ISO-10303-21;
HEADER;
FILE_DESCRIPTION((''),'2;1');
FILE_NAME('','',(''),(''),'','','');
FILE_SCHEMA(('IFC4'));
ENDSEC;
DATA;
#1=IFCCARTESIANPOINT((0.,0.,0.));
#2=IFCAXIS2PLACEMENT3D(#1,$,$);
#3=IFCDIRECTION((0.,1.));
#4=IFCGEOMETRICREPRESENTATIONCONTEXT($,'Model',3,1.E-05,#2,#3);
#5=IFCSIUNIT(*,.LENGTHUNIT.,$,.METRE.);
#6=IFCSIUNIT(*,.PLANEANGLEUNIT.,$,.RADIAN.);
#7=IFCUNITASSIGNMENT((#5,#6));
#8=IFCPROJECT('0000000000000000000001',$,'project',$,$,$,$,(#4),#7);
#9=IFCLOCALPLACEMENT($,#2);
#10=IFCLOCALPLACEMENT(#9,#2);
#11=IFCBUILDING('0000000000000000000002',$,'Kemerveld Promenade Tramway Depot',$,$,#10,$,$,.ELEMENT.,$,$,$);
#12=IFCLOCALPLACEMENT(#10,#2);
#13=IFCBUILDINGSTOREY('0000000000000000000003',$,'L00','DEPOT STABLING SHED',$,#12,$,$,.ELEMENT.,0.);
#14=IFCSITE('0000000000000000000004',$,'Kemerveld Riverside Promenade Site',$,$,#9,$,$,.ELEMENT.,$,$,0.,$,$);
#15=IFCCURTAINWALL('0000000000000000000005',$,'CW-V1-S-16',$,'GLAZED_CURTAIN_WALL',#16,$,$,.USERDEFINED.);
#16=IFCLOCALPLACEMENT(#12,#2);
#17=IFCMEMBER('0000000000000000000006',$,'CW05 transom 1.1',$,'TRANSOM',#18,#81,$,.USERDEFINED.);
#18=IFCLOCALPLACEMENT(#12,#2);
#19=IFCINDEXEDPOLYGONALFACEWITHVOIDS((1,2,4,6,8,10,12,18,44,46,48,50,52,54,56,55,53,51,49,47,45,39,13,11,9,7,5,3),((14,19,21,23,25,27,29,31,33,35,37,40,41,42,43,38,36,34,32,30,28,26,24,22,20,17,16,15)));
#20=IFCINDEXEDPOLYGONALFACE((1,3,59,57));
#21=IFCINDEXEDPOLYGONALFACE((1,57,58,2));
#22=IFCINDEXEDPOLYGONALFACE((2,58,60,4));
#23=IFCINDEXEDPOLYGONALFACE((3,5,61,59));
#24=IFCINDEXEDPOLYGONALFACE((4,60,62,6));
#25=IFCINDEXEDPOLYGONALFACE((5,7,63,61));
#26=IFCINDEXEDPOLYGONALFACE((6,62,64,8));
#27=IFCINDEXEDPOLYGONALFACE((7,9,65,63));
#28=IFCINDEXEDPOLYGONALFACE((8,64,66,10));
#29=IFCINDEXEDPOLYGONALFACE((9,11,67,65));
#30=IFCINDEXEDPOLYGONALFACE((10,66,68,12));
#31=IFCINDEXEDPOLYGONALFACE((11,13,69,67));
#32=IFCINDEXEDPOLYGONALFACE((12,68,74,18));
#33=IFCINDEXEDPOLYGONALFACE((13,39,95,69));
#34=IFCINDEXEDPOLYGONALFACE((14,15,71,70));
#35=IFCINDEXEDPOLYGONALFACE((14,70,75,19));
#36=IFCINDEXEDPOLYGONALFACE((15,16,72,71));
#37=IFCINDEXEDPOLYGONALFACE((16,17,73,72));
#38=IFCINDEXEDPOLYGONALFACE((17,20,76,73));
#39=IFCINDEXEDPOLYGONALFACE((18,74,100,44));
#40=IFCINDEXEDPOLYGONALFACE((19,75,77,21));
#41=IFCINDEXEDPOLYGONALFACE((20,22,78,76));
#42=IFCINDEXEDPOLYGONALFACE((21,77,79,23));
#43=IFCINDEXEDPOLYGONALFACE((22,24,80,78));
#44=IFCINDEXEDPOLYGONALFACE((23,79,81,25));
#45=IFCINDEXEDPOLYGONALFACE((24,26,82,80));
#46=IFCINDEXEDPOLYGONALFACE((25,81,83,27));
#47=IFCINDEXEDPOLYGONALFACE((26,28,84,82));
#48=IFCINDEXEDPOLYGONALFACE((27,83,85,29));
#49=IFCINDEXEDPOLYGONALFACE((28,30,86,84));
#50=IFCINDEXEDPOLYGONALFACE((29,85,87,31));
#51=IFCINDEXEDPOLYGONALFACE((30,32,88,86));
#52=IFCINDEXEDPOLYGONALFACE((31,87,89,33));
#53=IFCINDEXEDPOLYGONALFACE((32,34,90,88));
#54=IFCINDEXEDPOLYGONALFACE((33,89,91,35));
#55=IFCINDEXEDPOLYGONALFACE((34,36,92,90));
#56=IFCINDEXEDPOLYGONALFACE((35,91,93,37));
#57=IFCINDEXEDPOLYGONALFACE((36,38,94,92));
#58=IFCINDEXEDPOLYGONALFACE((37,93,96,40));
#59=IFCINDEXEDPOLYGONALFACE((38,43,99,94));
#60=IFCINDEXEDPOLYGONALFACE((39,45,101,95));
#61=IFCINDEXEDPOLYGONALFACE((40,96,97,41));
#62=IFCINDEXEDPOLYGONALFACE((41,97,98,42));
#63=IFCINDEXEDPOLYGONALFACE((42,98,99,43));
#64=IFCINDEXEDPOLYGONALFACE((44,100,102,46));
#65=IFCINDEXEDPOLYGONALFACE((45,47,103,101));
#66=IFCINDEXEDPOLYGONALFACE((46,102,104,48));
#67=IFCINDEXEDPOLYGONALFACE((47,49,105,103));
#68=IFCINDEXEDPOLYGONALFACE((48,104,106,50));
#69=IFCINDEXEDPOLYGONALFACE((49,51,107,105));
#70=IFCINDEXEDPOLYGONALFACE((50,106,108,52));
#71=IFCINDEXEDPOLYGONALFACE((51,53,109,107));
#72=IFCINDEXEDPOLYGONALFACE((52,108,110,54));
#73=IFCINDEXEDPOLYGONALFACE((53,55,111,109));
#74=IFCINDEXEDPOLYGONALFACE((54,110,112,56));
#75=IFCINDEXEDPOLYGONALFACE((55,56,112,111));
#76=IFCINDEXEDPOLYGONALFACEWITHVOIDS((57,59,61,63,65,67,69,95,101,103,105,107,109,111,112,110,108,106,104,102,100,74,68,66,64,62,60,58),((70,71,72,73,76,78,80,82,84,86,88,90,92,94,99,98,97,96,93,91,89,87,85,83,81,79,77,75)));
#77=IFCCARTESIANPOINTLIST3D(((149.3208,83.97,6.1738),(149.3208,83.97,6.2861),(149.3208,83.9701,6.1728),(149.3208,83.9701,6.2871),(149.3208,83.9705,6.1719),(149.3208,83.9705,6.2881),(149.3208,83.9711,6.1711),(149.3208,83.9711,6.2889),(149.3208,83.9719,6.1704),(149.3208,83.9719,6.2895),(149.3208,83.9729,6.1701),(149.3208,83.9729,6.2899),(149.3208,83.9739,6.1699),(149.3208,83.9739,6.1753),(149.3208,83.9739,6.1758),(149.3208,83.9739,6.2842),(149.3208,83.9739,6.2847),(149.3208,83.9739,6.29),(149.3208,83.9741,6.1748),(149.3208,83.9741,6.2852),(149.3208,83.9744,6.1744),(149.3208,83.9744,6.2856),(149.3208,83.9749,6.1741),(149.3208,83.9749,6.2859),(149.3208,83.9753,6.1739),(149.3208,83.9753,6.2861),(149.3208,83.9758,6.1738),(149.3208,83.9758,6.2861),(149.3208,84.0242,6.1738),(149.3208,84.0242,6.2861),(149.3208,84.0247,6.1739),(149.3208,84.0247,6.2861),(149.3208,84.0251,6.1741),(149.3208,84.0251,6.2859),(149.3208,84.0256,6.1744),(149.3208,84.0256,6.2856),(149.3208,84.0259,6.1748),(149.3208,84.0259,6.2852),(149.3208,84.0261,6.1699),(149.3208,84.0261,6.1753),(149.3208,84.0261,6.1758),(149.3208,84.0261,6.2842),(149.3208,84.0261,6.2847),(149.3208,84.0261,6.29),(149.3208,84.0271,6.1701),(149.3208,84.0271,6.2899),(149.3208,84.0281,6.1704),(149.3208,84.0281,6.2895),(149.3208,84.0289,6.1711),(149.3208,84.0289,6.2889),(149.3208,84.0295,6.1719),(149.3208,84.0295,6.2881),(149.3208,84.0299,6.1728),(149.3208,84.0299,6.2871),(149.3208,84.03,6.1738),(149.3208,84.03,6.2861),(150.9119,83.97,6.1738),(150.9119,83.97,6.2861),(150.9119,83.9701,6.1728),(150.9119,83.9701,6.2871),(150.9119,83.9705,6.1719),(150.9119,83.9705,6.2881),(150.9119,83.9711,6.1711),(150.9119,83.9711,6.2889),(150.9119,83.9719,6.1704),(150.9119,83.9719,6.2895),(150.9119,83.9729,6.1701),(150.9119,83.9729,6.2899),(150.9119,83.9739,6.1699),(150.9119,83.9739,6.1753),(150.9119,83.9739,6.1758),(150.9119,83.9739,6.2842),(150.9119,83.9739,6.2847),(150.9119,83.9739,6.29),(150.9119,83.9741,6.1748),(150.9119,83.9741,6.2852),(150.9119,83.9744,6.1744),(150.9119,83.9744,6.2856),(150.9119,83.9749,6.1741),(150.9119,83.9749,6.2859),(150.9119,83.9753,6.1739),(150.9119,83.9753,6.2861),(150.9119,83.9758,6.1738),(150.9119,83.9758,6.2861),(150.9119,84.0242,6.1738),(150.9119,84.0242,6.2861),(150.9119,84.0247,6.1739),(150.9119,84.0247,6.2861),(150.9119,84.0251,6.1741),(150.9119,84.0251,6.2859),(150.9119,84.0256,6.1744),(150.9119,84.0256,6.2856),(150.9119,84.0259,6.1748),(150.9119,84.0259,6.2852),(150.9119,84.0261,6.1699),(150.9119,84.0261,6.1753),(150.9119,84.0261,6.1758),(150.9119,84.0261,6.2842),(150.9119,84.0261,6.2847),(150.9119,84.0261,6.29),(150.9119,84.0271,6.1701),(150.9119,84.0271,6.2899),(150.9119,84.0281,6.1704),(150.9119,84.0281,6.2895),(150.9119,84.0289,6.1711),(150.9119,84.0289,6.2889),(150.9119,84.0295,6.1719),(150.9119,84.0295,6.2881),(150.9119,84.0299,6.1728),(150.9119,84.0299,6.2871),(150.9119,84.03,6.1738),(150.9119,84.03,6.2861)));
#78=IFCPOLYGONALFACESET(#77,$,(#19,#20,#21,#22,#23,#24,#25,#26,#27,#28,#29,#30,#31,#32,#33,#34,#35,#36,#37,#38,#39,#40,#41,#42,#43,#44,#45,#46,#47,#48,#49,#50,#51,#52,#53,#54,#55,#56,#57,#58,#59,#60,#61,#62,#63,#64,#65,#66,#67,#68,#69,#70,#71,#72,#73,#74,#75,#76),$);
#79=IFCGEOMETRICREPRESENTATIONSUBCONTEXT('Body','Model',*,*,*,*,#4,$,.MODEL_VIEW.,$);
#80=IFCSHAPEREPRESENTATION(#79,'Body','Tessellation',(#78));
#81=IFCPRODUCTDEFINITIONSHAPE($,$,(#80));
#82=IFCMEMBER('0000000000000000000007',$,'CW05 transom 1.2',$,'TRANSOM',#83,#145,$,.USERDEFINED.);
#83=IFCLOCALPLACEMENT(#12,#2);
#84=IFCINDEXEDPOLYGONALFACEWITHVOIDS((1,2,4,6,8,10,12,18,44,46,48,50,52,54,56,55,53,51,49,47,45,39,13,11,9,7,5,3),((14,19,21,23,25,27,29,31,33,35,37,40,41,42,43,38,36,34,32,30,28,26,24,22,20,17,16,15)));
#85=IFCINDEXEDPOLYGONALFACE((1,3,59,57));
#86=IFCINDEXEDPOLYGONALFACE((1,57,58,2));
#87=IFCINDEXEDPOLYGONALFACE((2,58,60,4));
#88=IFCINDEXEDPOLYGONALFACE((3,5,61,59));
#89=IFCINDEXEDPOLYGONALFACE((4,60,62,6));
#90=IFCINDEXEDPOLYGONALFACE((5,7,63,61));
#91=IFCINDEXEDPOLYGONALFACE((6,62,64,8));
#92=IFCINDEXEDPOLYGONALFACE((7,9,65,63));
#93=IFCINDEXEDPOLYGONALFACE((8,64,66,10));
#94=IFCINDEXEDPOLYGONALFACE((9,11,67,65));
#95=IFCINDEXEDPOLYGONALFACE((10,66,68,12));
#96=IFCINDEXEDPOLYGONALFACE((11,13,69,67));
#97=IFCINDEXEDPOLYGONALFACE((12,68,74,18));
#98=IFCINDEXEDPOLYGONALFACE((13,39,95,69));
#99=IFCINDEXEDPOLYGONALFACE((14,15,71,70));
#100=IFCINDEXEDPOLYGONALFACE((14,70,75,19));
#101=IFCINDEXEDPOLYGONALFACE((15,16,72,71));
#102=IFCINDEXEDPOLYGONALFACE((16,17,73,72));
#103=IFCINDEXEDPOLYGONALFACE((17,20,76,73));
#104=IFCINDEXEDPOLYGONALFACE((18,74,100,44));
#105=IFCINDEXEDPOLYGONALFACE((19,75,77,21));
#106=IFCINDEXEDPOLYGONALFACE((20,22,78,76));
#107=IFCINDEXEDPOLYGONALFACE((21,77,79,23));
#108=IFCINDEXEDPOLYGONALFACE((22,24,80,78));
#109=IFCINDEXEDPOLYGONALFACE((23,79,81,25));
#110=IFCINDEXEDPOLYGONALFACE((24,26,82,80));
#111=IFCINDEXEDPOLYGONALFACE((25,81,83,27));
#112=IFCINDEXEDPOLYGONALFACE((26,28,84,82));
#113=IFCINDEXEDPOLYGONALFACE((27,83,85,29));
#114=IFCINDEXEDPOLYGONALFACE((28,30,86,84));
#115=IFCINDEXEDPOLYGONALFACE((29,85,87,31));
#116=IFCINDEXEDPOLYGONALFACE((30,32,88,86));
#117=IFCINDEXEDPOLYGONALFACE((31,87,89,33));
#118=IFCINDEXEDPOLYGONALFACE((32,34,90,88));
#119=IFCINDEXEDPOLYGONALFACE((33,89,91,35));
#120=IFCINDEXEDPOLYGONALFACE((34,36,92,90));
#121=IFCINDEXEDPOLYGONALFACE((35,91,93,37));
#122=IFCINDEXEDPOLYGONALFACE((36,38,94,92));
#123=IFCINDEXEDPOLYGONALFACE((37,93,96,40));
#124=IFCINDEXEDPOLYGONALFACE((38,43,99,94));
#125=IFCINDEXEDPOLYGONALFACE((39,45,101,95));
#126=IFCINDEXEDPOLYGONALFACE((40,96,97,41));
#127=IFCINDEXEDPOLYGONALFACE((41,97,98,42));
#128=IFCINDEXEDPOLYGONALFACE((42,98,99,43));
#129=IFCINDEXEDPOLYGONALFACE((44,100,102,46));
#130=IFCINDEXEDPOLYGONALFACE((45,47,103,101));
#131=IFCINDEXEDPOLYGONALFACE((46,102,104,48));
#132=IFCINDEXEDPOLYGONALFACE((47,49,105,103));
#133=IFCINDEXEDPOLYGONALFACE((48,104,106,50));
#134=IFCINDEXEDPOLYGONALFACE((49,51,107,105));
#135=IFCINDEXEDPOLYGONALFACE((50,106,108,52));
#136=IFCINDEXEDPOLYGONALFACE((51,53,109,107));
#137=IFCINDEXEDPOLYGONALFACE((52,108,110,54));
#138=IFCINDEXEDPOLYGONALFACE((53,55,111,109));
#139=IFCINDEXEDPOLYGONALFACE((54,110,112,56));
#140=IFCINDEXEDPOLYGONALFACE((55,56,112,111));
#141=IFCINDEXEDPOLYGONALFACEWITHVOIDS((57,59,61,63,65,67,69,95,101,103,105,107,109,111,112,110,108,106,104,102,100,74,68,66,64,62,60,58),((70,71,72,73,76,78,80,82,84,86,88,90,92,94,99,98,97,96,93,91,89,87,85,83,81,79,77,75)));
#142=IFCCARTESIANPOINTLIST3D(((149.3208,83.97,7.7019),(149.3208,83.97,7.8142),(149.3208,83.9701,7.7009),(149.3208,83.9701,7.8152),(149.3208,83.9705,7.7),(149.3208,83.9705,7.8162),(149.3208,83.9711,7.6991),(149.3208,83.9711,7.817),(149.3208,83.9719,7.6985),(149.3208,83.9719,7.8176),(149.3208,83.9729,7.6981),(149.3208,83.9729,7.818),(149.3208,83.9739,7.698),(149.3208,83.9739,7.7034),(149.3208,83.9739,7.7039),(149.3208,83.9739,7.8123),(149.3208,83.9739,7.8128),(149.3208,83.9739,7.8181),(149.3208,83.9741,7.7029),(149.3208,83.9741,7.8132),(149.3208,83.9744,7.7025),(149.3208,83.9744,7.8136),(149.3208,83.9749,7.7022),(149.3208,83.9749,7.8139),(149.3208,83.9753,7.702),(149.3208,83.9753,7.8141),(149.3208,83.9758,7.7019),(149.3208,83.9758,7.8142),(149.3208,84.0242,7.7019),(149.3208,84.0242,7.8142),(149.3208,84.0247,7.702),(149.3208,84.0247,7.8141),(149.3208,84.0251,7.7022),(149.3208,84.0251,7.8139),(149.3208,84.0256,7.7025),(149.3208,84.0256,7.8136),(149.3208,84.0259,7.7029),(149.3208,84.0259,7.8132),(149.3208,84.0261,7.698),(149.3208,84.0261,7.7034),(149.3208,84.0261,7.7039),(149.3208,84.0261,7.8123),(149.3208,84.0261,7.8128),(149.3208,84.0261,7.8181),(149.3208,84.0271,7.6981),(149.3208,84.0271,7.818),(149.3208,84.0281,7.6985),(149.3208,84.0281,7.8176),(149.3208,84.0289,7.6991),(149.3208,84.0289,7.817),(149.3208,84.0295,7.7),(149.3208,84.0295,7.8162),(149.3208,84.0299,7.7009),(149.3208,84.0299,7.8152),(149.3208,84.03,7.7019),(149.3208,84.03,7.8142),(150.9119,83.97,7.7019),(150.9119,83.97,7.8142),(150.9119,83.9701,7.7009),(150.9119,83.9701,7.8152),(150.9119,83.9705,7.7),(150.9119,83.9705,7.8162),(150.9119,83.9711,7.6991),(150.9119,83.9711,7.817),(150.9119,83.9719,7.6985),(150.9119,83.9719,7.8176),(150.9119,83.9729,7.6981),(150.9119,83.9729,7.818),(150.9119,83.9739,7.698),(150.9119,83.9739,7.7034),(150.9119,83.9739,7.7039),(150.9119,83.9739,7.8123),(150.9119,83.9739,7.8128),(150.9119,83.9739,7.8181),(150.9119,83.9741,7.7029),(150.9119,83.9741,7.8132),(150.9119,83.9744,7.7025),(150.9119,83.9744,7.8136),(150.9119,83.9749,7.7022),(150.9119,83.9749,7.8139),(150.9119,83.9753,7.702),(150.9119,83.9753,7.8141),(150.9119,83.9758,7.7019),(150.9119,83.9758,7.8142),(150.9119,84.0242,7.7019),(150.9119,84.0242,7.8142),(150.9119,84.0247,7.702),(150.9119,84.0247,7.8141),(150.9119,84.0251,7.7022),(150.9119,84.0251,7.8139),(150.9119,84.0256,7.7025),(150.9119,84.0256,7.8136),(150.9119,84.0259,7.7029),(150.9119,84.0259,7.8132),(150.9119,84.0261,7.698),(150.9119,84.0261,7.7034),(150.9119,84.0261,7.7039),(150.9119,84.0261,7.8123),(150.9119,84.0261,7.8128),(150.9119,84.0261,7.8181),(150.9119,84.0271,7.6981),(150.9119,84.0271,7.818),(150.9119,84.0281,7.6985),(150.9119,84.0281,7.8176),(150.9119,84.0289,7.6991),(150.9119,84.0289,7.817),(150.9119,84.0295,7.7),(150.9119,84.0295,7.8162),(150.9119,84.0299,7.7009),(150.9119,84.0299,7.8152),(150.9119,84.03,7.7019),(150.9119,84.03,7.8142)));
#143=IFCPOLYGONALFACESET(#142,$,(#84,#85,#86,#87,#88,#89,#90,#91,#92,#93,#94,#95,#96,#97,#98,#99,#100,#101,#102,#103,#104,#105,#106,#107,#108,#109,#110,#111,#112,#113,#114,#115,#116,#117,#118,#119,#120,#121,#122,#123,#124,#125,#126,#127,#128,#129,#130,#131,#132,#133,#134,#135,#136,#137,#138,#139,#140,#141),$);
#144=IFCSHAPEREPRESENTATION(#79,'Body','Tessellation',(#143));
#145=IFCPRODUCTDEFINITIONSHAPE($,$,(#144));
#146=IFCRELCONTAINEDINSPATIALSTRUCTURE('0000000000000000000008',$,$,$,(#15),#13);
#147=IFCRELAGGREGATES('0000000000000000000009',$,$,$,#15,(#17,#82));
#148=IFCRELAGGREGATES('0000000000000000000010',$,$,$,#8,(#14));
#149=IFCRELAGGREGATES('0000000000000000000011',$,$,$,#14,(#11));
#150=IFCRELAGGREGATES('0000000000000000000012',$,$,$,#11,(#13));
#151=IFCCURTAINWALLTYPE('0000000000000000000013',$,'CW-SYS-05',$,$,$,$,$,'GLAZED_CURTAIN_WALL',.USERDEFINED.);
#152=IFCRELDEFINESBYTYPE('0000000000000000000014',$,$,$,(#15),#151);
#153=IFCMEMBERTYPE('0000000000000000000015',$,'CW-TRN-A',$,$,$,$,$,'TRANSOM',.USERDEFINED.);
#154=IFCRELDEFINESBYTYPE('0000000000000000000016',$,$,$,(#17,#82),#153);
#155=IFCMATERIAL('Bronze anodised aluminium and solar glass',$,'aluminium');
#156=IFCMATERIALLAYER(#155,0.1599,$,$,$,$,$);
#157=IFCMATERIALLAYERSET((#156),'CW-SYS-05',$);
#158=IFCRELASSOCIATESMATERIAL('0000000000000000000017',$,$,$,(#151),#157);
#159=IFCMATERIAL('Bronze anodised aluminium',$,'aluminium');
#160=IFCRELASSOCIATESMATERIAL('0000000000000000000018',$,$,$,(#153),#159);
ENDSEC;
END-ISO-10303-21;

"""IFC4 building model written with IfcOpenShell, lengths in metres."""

from ifc_helpers import new_model, si_unit, direction, frame, origin, origin_2d, place, context, subcontext, project, spatial, hollow_rectangle, extrude, material, layer, layer_set, material_profile, profile_set, type_object, element, aggregate, save


model = new_model("IFC4")

# Units and contexts
model_context = context("Model", 3, precision=1e-05, world=origin(), true_north=direction((0.0, 1.0)))
body_context = subcontext(model_context, "Body", "Model", "MODEL_VIEW")
ifc_project = project(units=[si_unit("LENGTHUNIT", "METRE"), si_unit("PLANEANGLEUNIT", "RADIAN")], contexts=[model_context])

# Site, building, storey
site_placement = place(None, origin())
site = spatial("IfcSite", under=ifc_project, at=site_placement, Name="Kemerveld Riverside Promenade Site", CompositionType="ELEMENT", RefElevation=0.0)
building_placement = place(site_placement, origin())
building = spatial("IfcBuilding", under=site, at=building_placement, Name="Kemerveld Promenade Tramway Depot", CompositionType="ELEMENT")
storey_placement = place(building_placement, origin())
storey = spatial("IfcBuildingStorey", under=building, at=storey_placement, Name="L00", Description="DEPOT STABLING SHED", CompositionType="ELEMENT", Elevation=0.0)

# Curtain wall
ifc_material_1 = material(Name="Bronze anodised aluminium and solar glass", Category="aluminium")
ifc_layer_1 = layer(ifc_material_1, 0.1599)
ifc_layer_set_1 = layer_set([ifc_layer_1], Name="CW-SYS-05")
curtain_wall_type_1 = type_object("IfcCurtainWallType", Name="CW-SYS-05", ElementType="GLAZED_CURTAIN_WALL", PredefinedType="USERDEFINED", material=ifc_layer_set_1)
curtain_wall_1_placement = place(storey_placement, origin())
curtain_wall_1 = element("IfcCurtainWall", 1, at=curtain_wall_1_placement, inside=storey, type_object=curtain_wall_type_1, Name="CW-V1-S-16", ObjectType="GLAZED_CURTAIN_WALL", PredefinedType="USERDEFINED")
ifc_material_2 = material(Name="Bronze anodised aluminium", Category="aluminium")

# Members
ifc_material_profile_1 = material_profile(ifc_material_2, hollow_rectangle(XDim=0.0601, YDim=0.1201, WallThickness=0.0039, InnerFilletRadius=0.002, OuterFilletRadius=0.0039, at=origin_2d()), Name="CW-TRN-120x60")
ifc_profile_set_1 = profile_set([ifc_material_profile_1], Name="Bronze anodised aluminium")
member_type_1 = type_object("IfcMemberType", Name="CW-TRN-A", ElementType="TRANSOM", PredefinedType="USERDEFINED", material=ifc_profile_set_1)
member_1_placement = place(storey_placement, frame((150.9119, 84.0, 6.23), z_axis=(-1.0, 0.0, 0.0), x_axis=(0.0, -1.0, 0.0)))
member_1 = element("IfcMember", 2, at=member_1_placement, type_object=member_type_1, Name="CW05 transom 1.1", ObjectType="TRANSOM", PredefinedType="USERDEFINED", context=body_context, shape_type="SweptSolid", body=[
    extrude(hollow_rectangle(XDim=0.0601, YDim=0.1201, WallThickness=0.0039, InnerFilletRadius=0.002, OuterFilletRadius=0.0039, at=origin_2d()), origin(), (0.0, 0.0, 1.0), 1.5911),
])
member_2_placement = place(storey_placement, frame((150.9119, 84.0, 7.7581), z_axis=(-1.0, 0.0, 0.0), x_axis=(0.0, -1.0, 0.0)))
member_2 = element("IfcMember", 3, at=member_2_placement, type_object=member_type_1, Name="CW05 transom 1.2", ObjectType="TRANSOM", PredefinedType="USERDEFINED", context=body_context, shape_type="SweptSolid", body=[
    extrude(hollow_rectangle(XDim=0.0601, YDim=0.1201, WallThickness=0.0039, InnerFilletRadius=0.002, OuterFilletRadius=0.0039, at=origin_2d()), origin(), (0.0, 0.0, 1.0), 1.5911),
])
aggregate(curtain_wall_1, [member_1, member_2])

save(model, "model.ifc")
